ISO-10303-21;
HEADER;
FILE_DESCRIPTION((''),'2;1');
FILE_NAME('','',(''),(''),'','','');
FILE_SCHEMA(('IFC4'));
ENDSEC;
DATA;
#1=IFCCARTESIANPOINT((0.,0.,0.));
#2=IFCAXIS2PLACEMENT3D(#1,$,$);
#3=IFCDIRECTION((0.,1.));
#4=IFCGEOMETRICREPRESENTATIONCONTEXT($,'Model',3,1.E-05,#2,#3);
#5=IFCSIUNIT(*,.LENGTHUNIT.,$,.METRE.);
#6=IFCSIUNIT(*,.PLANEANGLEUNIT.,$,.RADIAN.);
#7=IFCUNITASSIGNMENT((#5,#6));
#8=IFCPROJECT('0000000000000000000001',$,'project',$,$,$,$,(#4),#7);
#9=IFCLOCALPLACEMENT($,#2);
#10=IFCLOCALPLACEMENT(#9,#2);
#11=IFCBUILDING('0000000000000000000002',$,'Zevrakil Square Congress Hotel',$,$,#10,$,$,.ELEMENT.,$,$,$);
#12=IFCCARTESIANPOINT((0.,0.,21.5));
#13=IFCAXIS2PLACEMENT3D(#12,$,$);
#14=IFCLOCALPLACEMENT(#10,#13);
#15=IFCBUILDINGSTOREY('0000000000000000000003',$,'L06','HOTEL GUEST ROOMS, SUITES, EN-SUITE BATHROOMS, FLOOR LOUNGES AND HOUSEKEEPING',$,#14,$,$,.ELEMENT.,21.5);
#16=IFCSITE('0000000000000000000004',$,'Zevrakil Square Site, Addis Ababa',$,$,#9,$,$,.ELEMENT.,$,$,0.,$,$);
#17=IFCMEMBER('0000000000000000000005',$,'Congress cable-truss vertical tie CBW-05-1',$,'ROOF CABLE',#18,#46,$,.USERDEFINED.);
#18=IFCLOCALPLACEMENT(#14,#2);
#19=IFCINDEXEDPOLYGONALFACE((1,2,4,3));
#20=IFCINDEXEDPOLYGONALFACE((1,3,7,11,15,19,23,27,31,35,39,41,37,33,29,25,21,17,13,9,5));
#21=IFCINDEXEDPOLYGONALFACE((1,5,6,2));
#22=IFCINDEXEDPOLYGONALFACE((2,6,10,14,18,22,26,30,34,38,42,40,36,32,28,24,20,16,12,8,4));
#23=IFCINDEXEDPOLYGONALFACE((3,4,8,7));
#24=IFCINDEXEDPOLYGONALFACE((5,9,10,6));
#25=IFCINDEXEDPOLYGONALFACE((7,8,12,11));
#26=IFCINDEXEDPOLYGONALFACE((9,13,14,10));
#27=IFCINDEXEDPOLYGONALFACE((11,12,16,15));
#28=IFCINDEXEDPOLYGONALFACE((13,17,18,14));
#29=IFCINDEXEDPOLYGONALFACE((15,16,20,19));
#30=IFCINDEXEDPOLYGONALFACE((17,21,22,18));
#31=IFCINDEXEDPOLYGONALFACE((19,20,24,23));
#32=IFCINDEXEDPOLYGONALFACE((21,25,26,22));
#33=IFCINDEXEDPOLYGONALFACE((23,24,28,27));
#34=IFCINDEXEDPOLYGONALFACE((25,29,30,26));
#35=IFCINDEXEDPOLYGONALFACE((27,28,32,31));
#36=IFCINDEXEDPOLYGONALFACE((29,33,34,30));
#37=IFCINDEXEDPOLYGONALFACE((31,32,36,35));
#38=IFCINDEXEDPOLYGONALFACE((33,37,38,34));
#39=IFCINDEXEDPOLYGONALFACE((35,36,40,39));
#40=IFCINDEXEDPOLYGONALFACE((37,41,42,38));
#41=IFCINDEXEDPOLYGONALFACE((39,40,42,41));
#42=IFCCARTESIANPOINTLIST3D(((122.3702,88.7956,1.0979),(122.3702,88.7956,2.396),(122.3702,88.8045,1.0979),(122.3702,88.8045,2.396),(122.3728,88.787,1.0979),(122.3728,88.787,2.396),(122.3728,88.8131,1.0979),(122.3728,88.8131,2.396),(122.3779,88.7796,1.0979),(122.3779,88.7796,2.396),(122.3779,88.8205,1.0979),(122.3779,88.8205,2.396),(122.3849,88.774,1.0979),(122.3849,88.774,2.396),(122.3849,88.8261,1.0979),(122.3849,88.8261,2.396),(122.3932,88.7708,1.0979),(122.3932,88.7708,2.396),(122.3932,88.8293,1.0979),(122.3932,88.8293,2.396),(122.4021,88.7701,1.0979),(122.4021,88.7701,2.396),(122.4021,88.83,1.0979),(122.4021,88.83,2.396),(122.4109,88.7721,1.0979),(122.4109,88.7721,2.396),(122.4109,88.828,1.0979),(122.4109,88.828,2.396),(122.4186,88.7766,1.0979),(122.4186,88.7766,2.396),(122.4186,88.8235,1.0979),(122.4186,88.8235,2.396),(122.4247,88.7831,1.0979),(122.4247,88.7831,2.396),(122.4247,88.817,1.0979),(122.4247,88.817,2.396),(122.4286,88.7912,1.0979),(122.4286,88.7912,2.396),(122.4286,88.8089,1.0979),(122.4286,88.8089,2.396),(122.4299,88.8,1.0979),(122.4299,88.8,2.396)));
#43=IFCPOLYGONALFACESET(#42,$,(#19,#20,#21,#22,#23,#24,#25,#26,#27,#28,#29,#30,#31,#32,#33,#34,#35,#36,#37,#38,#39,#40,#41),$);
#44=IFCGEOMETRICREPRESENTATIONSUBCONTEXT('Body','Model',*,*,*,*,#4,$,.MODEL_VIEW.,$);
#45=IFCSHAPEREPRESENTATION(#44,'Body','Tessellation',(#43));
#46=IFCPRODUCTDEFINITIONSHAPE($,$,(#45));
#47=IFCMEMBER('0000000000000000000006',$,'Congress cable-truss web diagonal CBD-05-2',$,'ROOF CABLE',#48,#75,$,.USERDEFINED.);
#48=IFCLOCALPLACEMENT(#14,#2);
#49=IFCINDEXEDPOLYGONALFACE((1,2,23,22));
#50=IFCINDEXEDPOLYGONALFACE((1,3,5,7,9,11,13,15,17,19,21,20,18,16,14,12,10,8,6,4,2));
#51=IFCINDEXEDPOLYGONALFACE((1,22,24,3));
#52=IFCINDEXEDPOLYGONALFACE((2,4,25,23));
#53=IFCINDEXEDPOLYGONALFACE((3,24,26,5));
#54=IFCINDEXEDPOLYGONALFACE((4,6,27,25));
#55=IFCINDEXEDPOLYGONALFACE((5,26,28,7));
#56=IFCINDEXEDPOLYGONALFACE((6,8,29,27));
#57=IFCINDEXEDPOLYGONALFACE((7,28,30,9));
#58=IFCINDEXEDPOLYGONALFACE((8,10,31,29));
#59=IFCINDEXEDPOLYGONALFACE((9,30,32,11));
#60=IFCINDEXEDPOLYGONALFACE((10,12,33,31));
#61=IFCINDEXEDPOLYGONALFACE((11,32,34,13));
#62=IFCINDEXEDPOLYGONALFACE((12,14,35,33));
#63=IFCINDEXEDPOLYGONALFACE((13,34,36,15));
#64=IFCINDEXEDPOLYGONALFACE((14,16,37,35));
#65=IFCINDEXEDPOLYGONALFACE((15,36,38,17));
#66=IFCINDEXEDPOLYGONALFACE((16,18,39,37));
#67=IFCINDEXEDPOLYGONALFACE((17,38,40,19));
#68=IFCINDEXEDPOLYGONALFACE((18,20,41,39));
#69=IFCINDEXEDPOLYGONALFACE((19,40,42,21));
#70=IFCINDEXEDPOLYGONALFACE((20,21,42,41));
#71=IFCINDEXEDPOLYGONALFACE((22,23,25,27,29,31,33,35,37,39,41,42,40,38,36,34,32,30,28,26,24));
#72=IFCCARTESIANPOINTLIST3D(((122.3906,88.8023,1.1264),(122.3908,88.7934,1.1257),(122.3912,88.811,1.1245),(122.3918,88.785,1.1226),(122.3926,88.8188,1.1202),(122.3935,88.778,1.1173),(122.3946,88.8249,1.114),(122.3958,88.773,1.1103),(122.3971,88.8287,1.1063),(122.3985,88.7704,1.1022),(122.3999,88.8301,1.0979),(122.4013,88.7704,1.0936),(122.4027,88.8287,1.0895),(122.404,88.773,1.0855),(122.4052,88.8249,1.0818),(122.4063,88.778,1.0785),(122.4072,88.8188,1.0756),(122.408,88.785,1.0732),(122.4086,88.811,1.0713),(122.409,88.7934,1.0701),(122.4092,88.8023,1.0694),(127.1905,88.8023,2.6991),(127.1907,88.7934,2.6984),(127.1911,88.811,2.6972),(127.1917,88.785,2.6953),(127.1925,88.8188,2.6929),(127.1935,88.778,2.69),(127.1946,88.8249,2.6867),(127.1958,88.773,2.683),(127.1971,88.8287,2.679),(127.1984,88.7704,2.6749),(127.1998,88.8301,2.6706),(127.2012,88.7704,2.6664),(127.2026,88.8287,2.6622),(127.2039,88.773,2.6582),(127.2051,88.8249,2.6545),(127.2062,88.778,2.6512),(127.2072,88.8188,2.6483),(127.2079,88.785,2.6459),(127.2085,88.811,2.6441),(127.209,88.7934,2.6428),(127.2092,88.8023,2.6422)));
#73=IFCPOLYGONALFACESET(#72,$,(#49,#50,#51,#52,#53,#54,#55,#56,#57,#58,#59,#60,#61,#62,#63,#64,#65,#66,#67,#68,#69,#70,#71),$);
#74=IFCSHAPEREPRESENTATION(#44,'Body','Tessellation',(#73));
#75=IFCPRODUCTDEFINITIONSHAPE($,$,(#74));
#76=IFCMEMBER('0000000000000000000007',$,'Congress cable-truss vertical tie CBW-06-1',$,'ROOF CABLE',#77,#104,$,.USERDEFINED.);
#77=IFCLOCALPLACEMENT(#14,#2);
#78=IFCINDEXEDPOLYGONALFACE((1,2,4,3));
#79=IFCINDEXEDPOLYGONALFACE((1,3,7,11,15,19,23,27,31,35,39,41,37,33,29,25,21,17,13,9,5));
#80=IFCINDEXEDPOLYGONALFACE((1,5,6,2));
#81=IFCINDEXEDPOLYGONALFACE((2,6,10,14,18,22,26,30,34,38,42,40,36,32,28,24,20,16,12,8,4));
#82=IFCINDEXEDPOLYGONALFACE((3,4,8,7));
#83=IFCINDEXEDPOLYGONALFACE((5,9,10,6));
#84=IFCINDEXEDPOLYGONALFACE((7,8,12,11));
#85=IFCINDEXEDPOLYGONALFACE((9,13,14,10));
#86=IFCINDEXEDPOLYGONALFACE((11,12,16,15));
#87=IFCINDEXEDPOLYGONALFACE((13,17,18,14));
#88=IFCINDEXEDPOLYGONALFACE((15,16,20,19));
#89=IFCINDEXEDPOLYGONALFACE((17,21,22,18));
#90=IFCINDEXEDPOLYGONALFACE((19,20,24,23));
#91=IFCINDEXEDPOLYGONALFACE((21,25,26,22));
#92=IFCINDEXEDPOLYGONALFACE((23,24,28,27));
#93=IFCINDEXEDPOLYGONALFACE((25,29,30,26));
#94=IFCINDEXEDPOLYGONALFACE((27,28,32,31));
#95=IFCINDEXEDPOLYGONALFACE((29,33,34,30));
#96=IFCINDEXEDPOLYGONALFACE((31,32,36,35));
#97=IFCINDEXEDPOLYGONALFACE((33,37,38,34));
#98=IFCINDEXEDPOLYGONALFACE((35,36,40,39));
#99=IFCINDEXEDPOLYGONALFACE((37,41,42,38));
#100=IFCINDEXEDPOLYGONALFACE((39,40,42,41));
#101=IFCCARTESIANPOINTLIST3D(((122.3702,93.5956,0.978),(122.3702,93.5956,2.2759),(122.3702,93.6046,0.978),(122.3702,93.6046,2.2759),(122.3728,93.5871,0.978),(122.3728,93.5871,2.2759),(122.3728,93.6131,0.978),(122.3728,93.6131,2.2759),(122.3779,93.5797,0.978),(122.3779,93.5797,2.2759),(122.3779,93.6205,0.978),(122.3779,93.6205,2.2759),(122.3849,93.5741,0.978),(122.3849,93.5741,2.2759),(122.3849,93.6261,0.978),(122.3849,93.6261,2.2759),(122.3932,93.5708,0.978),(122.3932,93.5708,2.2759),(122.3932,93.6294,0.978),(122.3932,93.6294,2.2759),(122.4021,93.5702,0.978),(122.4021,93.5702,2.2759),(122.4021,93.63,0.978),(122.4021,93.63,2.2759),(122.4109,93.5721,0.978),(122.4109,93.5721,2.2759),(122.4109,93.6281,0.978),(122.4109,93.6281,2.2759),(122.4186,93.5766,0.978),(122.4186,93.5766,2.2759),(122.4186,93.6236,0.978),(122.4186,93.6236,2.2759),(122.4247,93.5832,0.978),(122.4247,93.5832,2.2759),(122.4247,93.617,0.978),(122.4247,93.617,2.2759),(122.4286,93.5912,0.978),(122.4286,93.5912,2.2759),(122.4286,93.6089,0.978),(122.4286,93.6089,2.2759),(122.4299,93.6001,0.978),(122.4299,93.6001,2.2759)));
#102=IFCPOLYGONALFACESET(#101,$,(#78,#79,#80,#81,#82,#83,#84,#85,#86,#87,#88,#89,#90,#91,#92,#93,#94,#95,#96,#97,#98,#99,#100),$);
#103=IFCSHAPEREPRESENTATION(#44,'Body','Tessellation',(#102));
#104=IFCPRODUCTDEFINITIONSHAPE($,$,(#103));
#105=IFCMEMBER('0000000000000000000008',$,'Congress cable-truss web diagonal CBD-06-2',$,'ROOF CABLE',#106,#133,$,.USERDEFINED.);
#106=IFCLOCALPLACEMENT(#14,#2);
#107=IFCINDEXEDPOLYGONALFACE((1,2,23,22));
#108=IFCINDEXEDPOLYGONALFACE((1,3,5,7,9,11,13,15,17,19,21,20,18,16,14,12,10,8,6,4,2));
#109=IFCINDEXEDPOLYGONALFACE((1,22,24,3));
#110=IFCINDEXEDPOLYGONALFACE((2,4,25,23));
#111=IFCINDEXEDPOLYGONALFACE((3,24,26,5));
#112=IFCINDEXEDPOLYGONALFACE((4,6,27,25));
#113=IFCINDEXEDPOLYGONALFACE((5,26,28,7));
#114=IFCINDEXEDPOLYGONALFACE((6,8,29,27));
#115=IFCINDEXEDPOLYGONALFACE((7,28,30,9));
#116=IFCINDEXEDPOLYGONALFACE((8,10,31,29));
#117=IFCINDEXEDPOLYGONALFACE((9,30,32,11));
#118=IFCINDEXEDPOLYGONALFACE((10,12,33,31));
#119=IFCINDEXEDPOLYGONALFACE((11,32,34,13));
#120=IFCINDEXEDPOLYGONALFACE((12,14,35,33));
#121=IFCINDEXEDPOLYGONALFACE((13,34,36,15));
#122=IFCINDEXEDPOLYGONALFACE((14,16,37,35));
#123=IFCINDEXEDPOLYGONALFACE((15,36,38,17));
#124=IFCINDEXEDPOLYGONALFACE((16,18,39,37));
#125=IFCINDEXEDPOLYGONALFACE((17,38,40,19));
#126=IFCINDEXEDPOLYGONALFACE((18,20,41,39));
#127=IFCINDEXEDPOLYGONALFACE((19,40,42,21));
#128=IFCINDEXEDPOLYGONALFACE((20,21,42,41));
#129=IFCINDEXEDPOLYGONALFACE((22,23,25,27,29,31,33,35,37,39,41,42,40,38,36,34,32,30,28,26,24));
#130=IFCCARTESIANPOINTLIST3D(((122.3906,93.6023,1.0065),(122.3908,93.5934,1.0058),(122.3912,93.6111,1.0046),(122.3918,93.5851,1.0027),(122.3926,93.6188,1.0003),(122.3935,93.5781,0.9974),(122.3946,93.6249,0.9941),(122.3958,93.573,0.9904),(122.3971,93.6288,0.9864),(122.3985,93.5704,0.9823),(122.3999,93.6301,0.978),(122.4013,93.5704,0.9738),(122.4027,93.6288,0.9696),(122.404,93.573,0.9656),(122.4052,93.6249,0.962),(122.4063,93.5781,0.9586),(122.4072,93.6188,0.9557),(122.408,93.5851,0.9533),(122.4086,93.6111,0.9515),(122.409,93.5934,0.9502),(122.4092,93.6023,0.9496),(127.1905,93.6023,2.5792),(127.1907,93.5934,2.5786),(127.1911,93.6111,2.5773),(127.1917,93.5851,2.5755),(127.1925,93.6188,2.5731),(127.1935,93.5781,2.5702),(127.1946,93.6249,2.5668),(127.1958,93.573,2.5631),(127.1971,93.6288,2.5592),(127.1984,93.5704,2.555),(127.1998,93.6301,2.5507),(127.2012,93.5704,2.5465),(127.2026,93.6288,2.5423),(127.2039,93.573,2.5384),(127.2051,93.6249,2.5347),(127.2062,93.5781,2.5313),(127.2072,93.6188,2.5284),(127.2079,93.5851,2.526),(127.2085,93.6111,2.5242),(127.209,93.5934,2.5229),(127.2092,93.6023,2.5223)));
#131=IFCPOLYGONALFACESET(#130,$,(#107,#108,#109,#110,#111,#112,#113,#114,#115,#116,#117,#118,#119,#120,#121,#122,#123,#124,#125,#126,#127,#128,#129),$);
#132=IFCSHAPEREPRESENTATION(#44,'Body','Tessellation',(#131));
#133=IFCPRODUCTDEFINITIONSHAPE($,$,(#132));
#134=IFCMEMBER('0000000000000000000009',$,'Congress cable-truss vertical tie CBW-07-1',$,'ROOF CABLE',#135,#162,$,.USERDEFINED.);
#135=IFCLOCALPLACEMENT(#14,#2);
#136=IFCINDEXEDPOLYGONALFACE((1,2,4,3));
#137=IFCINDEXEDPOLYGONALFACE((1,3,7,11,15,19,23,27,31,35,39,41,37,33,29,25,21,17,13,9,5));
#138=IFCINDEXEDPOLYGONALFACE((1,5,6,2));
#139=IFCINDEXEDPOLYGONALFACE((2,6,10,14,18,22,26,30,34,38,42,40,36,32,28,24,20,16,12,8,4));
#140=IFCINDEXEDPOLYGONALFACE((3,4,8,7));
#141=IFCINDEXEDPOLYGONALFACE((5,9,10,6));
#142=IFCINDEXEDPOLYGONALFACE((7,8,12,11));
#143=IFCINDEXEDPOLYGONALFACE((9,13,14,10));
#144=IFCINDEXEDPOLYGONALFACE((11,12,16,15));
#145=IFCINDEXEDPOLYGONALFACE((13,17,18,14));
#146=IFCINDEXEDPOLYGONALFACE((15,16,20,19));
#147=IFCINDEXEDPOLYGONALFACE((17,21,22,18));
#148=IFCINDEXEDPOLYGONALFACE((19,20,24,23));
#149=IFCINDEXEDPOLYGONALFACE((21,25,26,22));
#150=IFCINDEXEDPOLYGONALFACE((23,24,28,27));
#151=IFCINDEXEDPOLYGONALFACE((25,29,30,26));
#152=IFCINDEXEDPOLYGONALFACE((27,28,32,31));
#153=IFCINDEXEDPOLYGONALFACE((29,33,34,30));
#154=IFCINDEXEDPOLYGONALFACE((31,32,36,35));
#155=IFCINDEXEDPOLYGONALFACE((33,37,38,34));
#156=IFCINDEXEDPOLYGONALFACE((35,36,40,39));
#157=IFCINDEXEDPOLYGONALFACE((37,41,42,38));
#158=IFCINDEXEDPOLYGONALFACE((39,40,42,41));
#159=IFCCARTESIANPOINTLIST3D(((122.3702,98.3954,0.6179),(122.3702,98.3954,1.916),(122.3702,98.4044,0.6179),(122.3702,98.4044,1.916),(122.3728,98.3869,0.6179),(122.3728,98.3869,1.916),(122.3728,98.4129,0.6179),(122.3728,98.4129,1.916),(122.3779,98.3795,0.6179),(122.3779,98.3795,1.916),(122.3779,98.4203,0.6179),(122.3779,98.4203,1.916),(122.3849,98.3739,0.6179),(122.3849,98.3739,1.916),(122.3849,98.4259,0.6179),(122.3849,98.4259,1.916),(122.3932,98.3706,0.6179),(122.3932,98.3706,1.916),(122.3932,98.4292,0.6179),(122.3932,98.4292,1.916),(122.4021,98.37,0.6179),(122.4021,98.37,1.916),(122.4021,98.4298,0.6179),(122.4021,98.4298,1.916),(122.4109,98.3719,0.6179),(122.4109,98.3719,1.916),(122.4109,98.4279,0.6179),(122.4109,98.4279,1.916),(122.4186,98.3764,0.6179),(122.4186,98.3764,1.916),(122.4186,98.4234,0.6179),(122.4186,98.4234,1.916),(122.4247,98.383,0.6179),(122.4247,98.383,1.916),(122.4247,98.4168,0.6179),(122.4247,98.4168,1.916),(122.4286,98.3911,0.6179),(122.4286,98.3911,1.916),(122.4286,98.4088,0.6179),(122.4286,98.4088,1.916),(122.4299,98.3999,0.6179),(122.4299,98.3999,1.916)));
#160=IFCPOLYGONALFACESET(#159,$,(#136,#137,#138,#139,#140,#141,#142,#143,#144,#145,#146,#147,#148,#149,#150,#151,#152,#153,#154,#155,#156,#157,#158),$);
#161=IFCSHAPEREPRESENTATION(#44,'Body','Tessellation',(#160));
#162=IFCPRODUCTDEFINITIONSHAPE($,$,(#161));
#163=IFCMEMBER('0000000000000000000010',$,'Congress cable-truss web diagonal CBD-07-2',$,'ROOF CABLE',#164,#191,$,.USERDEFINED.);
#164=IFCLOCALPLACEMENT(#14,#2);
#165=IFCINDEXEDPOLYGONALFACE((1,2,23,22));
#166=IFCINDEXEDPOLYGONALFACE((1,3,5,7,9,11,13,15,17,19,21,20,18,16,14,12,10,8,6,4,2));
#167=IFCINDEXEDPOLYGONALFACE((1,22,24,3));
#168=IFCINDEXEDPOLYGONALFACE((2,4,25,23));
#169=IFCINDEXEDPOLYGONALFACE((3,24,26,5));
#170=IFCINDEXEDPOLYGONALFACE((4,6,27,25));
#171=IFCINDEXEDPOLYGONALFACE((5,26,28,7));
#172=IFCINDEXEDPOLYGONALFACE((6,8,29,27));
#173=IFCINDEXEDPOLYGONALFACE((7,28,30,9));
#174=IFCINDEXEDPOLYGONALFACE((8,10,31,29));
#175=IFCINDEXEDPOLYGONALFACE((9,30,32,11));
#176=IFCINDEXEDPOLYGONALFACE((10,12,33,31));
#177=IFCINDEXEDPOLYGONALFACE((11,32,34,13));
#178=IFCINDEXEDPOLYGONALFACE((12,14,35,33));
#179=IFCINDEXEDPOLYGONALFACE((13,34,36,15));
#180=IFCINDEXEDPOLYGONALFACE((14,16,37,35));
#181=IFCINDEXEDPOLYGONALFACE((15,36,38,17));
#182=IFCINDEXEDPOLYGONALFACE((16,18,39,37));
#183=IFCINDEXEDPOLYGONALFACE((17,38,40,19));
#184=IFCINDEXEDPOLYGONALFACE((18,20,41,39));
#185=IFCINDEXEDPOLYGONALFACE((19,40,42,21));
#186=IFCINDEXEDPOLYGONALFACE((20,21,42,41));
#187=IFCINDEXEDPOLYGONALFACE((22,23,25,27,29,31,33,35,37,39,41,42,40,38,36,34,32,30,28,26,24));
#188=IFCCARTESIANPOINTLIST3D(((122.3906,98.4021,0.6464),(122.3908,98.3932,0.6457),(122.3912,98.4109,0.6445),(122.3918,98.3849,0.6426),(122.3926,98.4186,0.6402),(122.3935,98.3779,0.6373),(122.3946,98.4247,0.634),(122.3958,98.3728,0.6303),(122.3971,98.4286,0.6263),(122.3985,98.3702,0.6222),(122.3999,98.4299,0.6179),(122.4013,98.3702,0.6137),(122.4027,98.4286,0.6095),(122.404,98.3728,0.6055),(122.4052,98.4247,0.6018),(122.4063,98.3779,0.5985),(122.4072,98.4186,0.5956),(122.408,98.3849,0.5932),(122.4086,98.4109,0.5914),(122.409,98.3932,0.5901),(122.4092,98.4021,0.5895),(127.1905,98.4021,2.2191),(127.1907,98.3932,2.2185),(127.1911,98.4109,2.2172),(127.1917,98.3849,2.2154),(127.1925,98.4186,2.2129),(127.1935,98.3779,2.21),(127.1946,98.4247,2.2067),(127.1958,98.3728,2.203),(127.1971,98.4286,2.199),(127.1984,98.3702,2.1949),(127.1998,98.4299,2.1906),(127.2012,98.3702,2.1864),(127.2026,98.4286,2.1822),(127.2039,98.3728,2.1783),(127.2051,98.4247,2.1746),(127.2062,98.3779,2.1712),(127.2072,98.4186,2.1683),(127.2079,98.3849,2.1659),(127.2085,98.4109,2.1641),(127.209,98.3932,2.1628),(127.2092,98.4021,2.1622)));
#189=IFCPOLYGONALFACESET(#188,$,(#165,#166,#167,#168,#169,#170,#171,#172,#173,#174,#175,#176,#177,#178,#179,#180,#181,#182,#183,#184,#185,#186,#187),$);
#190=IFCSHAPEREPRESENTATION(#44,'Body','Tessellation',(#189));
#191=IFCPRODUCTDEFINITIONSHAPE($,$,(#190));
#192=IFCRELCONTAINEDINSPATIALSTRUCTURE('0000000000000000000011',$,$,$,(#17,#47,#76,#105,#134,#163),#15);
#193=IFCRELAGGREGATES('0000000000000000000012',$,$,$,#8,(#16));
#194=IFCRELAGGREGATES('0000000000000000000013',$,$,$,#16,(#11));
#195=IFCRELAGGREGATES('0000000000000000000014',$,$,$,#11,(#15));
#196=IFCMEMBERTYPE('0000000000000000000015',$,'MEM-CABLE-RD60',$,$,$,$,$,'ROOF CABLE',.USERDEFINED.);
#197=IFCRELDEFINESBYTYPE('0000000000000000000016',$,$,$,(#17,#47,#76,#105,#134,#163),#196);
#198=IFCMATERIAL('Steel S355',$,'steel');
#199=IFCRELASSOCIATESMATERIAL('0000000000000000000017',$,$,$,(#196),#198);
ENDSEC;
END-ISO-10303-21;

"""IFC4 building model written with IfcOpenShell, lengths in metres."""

from ifc_helpers import new_model, si_unit, direction, frame, origin, origin_2d, place, context, subcontext, project, spatial, circle, extrude, material, material_profile, profile_set, type_object, element, save


model = new_model("IFC4")

# Units and contexts
model_context = context("Model", 3, precision=1e-05, world=origin(), true_north=direction((0.0, 1.0)))
body_context = subcontext(model_context, "Body", "Model", "MODEL_VIEW")
ifc_project = project(units=[si_unit("LENGTHUNIT", "METRE"), si_unit("PLANEANGLEUNIT", "RADIAN")], contexts=[model_context])

# Site, building, storey
site_placement = place(None, origin())
site = spatial("IfcSite", under=ifc_project, at=site_placement, Name="Zevrakil Square Site, Addis Ababa", CompositionType="ELEMENT", RefElevation=0.0)
building_placement = place(site_placement, origin())
building = spatial("IfcBuilding", under=site, at=building_placement, Name="Zevrakil Square Congress Hotel", CompositionType="ELEMENT")
storey_placement = place(building_placement, frame((0.0, 0.0, 21.5)))
storey = spatial("IfcBuildingStorey", under=building, at=storey_placement, Name="L06", Description="HOTEL GUEST ROOMS, SUITES, EN-SUITE BATHROOMS, FLOOR LOUNGES AND HOUSEKEEPING", CompositionType="ELEMENT", Elevation=21.5)

# Members
ifc_material_1 = material(Name="Steel S355", Category="steel")
ifc_material_profile_1 = material_profile(ifc_material_1, circle(Radius=0.03, at=origin_2d()), Name="CABLE RD60")
ifc_profile_set_1 = profile_set([ifc_material_profile_1], Name="Steel S355")
member_type_1 = type_object("IfcMemberType", Name="MEM-CABLE-RD60", ElementType="ROOF CABLE", PredefinedType="USERDEFINED", material=ifc_profile_set_1)
member_1_placement = place(storey_placement, frame((122.3999, 88.8, 1.0979), z_axis=(0.0, 0.0, 1.0), x_axis=(1.0, 0.0, 0.0)))
element("IfcMember", 1, at=member_1_placement, inside=storey, type_object=member_type_1, Name="Congress cable-truss vertical tie CBW-05-1", ObjectType="ROOF CABLE", PredefinedType="USERDEFINED", context=body_context, shape_type="SweptSolid", body=[
    extrude(circle(Radius=0.03, at=origin_2d()), origin(), (0.0, 0.0, 1.0), 1.2981),
])
member_2_placement = place(storey_placement, frame((122.3999, 88.8, 1.0979), z_axis=(0.95029, 0.0, 0.311366), x_axis=(0.0, 1.0, 0.0)))
element("IfcMember", 2, at=member_2_placement, inside=storey, type_object=member_type_1, Name="Congress cable-truss web diagonal CBD-05-2", ObjectType="ROOF CABLE", PredefinedType="USERDEFINED", context=body_context, shape_type="SweptSolid", body=[
    extrude(circle(Radius=0.03, at=origin_2d()), origin(), (0.0, 0.0, 1.0), 5.051),
])
member_3_placement = place(storey_placement, frame((122.3999, 93.6001, 0.978), z_axis=(0.0, 0.0, 1.0), x_axis=(1.0, 0.0, 0.0)))
element("IfcMember", 3, at=member_3_placement, inside=storey, type_object=member_type_1, Name="Congress cable-truss vertical tie CBW-06-1", ObjectType="ROOF CABLE", PredefinedType="USERDEFINED", context=body_context, shape_type="SweptSolid", body=[
    extrude(circle(Radius=0.03, at=origin_2d()), origin(), (0.0, 0.0, 1.0), 1.2979),
])
member_4_placement = place(storey_placement, frame((122.3999, 93.6001, 0.978), z_axis=(0.95029, 0.0, 0.311366), x_axis=(0.0, 1.0, 0.0)))
element("IfcMember", 4, at=member_4_placement, inside=storey, type_object=member_type_1, Name="Congress cable-truss web diagonal CBD-06-2", ObjectType="ROOF CABLE", PredefinedType="USERDEFINED", context=body_context, shape_type="SweptSolid", body=[
    extrude(circle(Radius=0.03, at=origin_2d()), origin(), (0.0, 0.0, 1.0), 5.051),
])
member_5_placement = place(storey_placement, frame((122.3999, 98.3999, 0.6179), z_axis=(0.0, 0.0, 1.0), x_axis=(1.0, 0.0, 0.0)))
element("IfcMember", 5, at=member_5_placement, inside=storey, type_object=member_type_1, Name="Congress cable-truss vertical tie CBW-07-1", ObjectType="ROOF CABLE", PredefinedType="USERDEFINED", context=body_context, shape_type="SweptSolid", body=[
    extrude(circle(Radius=0.03, at=origin_2d()), origin(), (0.0, 0.0, 1.0), 1.2981),
])
member_6_placement = place(storey_placement, frame((122.3999, 98.3999, 0.6179), z_axis=(0.95029, 0.0, 0.311366), x_axis=(0.0, 1.0, 0.0)))
element("IfcMember", 6, at=member_6_placement, inside=storey, type_object=member_type_1, Name="Congress cable-truss web diagonal CBD-07-2", ObjectType="ROOF CABLE", PredefinedType="USERDEFINED", context=body_context, shape_type="SweptSolid", body=[
    extrude(circle(Radius=0.03, at=origin_2d()), origin(), (0.0, 0.0, 1.0), 5.051),
])

save(model, "model.ifc")
